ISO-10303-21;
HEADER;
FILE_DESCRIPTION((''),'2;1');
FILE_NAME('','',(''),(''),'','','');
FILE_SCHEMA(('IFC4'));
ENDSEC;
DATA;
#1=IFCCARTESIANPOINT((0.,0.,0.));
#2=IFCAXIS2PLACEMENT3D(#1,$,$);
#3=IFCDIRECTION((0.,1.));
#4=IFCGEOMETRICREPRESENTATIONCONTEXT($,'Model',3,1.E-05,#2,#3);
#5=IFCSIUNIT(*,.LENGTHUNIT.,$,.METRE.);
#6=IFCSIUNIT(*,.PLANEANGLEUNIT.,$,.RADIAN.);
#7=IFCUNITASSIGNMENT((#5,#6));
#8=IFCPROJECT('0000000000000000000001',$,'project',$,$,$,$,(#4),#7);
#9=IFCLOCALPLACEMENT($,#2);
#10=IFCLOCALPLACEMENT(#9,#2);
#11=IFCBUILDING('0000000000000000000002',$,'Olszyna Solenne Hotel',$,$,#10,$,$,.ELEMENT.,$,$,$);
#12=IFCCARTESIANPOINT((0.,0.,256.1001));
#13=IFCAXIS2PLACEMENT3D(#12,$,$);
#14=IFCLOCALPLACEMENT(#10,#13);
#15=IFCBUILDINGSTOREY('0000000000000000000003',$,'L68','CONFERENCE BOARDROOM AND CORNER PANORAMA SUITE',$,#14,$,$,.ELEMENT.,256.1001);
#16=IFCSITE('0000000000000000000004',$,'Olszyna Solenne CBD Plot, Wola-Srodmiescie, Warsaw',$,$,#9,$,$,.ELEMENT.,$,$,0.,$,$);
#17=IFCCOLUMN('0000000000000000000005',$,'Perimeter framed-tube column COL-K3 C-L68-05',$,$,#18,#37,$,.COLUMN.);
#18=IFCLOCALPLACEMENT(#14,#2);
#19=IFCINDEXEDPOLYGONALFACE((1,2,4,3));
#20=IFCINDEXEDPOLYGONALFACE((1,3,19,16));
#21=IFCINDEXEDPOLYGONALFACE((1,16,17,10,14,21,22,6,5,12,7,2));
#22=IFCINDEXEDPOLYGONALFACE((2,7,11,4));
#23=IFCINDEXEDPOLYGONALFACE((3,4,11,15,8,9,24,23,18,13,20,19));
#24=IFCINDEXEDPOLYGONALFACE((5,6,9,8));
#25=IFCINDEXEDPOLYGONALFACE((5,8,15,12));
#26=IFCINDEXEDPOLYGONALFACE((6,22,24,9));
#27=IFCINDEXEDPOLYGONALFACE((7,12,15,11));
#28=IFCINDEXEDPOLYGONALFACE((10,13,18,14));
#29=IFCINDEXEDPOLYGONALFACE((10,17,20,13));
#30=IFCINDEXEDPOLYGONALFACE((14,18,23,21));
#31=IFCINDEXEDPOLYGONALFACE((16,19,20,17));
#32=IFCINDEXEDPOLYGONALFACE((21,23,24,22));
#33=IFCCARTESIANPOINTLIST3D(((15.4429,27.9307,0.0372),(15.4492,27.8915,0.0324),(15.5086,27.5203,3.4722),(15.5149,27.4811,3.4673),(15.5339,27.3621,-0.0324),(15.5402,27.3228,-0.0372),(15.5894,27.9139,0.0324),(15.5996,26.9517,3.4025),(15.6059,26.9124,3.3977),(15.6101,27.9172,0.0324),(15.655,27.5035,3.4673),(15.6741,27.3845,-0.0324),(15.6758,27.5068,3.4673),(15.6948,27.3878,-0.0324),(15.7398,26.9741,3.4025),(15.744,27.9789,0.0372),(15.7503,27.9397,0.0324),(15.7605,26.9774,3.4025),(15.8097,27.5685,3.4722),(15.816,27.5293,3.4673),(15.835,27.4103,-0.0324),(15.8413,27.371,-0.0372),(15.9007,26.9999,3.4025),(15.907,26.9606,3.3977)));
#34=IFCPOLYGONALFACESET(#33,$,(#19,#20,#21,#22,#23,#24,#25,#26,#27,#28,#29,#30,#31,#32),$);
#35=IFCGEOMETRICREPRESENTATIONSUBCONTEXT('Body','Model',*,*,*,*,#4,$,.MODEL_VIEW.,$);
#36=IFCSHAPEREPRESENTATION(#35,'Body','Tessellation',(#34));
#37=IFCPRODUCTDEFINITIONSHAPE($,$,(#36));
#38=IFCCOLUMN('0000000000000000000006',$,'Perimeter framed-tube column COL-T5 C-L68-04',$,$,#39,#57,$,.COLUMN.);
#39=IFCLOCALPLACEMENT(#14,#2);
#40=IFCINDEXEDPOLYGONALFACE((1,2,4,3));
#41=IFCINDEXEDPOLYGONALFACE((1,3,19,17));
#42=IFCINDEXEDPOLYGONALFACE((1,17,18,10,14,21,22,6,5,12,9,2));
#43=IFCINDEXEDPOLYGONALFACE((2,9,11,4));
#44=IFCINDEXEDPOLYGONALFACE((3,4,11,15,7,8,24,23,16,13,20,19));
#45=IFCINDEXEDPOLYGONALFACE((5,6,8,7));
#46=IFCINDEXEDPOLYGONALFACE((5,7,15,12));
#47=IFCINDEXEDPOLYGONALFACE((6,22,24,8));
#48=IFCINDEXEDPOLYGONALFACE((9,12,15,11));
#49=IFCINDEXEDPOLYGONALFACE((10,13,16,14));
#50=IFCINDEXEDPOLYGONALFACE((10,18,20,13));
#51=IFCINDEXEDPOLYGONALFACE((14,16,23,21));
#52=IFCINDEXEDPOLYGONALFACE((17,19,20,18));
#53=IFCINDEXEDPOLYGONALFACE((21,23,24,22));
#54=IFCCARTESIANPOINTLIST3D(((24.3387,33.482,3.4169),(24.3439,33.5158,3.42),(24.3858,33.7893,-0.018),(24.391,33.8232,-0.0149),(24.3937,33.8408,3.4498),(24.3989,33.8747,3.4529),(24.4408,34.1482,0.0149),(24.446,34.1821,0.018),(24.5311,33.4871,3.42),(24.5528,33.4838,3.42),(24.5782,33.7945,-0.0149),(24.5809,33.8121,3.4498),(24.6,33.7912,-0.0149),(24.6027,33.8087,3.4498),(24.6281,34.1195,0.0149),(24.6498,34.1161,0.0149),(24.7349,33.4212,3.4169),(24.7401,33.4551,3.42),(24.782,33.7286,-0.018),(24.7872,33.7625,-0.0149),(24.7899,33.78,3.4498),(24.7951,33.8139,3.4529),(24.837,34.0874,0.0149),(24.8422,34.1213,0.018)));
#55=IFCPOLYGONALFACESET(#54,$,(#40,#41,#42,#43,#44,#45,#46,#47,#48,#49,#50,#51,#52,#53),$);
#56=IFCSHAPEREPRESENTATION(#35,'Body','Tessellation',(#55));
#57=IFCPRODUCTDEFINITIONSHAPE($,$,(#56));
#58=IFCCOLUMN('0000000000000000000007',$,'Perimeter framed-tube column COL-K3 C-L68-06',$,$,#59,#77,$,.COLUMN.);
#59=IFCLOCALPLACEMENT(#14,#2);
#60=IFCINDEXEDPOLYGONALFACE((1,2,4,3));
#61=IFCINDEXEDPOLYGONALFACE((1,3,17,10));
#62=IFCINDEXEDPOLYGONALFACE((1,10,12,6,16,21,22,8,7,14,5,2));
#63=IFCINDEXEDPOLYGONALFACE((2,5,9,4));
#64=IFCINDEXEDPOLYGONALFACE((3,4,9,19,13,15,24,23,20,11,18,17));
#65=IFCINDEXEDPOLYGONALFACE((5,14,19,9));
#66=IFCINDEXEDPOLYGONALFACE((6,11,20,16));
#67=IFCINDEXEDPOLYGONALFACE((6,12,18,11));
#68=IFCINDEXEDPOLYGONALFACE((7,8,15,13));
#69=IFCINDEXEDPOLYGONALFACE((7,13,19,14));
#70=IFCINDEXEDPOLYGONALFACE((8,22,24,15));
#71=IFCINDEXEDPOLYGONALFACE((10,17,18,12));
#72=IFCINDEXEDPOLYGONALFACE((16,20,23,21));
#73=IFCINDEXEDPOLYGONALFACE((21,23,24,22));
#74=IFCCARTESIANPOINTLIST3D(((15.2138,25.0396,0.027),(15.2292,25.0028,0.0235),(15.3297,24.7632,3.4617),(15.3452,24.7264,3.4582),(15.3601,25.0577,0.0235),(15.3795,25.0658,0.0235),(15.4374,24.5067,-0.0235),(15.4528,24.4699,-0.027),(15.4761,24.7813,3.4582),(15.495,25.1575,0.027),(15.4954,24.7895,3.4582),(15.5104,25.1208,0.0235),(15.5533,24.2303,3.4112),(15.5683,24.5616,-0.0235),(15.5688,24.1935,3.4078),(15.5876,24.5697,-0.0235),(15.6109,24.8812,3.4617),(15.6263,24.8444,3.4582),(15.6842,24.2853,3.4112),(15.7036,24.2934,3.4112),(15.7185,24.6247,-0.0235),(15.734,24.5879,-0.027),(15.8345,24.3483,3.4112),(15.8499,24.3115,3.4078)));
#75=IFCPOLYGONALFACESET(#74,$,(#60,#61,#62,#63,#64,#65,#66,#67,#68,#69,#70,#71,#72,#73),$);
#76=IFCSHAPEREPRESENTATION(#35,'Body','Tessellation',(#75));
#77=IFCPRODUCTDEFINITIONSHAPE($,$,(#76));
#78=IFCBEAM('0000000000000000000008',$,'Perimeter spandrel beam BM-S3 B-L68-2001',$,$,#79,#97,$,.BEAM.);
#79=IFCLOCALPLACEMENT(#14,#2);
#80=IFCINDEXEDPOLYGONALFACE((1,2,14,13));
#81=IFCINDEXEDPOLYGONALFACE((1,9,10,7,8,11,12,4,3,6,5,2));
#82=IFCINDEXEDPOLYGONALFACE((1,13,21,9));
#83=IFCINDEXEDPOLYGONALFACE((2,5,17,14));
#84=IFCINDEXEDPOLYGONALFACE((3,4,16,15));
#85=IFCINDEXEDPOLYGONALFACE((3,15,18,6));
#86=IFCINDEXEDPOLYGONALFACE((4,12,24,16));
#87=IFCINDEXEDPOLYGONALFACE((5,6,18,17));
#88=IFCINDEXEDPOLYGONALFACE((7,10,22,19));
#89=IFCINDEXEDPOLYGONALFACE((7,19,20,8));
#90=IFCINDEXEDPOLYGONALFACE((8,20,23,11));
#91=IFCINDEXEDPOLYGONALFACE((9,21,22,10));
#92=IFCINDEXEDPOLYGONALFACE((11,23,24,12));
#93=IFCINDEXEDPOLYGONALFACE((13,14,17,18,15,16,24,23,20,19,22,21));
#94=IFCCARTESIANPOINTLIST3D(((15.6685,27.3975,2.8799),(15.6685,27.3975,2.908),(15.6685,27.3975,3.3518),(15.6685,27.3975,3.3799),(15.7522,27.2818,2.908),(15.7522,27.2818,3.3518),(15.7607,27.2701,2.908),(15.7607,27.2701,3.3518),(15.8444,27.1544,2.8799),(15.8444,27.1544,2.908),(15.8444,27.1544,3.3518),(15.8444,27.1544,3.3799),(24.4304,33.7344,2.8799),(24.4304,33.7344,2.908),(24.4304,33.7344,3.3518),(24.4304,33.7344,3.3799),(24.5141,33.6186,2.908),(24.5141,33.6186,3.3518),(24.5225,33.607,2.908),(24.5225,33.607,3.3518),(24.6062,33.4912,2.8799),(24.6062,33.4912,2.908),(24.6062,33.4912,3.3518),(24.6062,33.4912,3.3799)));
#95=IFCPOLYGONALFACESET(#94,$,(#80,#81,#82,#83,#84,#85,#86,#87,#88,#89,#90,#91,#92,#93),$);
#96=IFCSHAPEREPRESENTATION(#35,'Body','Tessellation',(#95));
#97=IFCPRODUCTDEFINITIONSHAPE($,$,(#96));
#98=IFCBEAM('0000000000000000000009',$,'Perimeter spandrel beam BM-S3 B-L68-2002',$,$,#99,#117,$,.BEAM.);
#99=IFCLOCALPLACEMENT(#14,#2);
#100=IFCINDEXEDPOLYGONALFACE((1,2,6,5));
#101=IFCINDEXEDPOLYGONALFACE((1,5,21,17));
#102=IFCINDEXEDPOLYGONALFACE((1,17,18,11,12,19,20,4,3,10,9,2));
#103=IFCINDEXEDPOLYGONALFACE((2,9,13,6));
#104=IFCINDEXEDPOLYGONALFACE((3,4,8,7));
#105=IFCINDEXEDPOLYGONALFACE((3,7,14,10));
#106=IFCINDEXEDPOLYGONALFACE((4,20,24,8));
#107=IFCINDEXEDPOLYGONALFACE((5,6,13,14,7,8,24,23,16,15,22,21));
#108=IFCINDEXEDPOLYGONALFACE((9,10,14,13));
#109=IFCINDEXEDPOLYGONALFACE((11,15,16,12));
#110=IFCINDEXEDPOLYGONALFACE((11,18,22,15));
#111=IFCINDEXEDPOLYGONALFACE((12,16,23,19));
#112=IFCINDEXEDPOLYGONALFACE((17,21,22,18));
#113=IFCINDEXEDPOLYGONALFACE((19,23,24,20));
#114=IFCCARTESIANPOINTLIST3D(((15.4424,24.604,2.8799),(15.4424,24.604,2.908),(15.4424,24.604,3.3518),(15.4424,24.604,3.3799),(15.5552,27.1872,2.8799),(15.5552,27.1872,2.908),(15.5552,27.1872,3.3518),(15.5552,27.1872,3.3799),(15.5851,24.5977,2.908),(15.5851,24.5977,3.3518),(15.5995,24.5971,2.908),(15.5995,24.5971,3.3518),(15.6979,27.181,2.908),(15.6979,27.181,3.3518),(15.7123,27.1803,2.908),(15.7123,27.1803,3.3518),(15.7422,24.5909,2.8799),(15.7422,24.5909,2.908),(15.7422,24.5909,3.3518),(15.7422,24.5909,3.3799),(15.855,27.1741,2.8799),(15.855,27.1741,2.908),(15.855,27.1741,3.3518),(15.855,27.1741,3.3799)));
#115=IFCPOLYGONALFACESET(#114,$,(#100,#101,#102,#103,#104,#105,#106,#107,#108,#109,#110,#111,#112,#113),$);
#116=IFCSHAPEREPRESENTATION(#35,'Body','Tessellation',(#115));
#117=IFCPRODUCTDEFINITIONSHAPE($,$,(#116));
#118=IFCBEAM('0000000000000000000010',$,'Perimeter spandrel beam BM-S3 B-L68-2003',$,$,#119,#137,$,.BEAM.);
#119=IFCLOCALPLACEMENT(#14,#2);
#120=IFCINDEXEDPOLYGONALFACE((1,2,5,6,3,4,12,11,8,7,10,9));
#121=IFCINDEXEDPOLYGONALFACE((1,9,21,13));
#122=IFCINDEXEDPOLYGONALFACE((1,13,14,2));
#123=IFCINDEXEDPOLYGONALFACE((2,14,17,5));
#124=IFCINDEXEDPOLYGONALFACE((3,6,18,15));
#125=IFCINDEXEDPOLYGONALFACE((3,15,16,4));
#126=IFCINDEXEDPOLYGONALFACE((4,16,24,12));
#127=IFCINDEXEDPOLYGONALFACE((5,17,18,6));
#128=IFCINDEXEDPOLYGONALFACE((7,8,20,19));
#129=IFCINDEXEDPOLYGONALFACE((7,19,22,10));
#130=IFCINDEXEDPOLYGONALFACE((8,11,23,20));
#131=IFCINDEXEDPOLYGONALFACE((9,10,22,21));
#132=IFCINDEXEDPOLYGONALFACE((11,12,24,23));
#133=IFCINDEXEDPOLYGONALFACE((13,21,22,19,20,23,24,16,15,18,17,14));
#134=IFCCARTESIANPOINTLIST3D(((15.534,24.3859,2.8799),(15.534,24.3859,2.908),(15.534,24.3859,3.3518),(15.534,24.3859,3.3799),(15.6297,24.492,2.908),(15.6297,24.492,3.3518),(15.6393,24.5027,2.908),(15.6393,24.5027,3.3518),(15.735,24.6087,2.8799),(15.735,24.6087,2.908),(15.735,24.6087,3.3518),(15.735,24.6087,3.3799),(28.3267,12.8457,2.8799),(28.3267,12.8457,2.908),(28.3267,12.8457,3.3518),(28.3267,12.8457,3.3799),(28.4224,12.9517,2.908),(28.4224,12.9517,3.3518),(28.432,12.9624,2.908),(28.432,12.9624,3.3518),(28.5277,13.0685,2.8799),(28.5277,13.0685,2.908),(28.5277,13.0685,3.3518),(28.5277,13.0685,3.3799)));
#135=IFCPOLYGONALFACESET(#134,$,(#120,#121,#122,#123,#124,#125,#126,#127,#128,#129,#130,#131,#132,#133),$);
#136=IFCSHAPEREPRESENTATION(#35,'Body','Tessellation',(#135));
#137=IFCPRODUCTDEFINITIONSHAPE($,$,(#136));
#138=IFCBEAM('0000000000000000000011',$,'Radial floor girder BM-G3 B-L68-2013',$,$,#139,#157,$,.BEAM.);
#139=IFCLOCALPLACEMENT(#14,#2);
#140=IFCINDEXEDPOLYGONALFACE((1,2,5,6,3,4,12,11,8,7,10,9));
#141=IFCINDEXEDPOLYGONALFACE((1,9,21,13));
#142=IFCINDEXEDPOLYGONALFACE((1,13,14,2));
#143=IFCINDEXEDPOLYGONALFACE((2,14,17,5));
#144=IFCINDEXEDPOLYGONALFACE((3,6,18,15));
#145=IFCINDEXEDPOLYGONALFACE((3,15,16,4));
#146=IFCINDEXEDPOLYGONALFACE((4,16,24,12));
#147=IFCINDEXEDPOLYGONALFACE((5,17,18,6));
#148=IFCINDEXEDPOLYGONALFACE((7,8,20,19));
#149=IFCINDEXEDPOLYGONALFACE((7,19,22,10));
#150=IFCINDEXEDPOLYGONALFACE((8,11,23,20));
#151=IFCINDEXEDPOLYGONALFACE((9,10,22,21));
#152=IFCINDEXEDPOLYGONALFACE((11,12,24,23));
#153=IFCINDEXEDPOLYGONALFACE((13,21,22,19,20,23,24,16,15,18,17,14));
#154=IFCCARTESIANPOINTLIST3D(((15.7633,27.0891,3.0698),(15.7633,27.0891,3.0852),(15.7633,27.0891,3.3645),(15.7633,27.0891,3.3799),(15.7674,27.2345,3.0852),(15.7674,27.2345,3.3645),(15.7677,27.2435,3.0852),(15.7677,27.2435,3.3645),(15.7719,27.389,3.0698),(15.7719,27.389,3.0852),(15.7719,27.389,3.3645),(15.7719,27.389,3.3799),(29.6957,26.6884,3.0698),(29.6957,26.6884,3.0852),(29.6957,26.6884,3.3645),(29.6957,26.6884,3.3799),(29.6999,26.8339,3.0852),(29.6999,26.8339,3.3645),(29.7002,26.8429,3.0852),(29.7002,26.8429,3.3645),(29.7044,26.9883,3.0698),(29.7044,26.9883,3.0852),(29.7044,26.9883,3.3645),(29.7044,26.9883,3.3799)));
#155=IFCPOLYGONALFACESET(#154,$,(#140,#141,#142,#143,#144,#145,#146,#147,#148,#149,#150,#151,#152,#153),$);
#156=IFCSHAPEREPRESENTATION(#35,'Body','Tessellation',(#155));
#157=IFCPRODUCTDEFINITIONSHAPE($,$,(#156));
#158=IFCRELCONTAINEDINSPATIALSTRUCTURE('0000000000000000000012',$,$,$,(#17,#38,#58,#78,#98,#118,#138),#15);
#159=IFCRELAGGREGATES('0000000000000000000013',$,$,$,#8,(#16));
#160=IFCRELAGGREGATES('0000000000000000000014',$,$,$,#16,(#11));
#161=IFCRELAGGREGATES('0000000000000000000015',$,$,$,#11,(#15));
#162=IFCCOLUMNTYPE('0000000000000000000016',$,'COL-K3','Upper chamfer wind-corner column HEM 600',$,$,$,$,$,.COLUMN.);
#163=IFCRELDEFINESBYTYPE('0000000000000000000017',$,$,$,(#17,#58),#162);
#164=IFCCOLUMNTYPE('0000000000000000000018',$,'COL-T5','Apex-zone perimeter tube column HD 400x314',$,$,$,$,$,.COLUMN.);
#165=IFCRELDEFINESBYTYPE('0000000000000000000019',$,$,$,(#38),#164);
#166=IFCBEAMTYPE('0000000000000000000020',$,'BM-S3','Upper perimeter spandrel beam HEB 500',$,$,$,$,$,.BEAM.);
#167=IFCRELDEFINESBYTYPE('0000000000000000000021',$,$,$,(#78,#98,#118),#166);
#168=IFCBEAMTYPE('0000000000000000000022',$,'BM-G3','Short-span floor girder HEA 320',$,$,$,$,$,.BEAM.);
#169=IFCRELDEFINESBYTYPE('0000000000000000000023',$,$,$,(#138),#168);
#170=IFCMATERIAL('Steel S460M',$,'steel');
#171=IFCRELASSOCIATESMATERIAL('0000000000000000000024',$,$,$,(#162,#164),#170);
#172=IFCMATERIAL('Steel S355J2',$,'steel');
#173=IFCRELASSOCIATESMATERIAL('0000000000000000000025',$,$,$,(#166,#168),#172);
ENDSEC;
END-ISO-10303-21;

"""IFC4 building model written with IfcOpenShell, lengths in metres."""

from ifc_helpers import new_model, si_unit, direction, frame, origin, origin_2d, place, context, subcontext, project, spatial, i_section, extrude, source, transform, mapped, material, material_profile, profile_set, type_object, element, save


model = new_model("IFC4")

# Units and contexts
model_context = context("Model", 3, precision=1e-05, world=origin(), true_north=direction((0.0, 1.0)))
body_context = subcontext(model_context, "Body", "Model", "MODEL_VIEW")
ifc_project = project(units=[si_unit("LENGTHUNIT", "METRE"), si_unit("PLANEANGLEUNIT", "RADIAN")], contexts=[model_context])

# Site, building, storey
site_placement = place(None, origin())
site = spatial("IfcSite", under=ifc_project, at=site_placement, Name="Olszyna Solenne CBD Plot, Wola-Srodmiescie, Warsaw", CompositionType="ELEMENT", RefElevation=0.0)
building_placement = place(site_placement, origin())
building = spatial("IfcBuilding", under=site, at=building_placement, Name="Olszyna Solenne Hotel", CompositionType="ELEMENT")
storey_placement = place(building_placement, frame((0.0, 0.0, 256.1001)))
storey = spatial("IfcBuildingStorey", under=building, at=storey_placement, Name="L68", Description="CONFERENCE BOARDROOM AND CORNER PANORAMA SUITE", CompositionType="ELEMENT", Elevation=256.1001)

# Columns
ifc_material_1 = material(Name="Steel S460M", Category="steel")
ifc_material_profile_1 = material_profile(ifc_material_1, i_section(OverallWidth=0.3049, OverallDepth=0.6201, WebThickness=0.021, FlangeThickness=0.04, at=origin_2d()), Name="HEM 600", Category="load-bearing")
ifc_profile_set_1 = profile_set([ifc_material_profile_1], Name="Steel S460M")
column_type_1 = type_object("IfcColumnType", Name="COL-K3", Description="Upper chamfer wind-corner column HEM 600", PredefinedType="COLUMN", material=ifc_profile_set_1)
shared_shape_1 = source(origin(), body_context, "Body", "SweptSolid", [
    extrude(i_section(OverallWidth=0.3049, OverallDepth=0.6201, WebThickness=0.021, FlangeThickness=0.04, at=origin_2d()), origin(), (0.0, 0.0, 1.0), 3.46),
])
column_1_placement = place(storey_placement, frame((15.6421, 27.6509, 0.0), z_axis=(0.018982, -0.118617, 0.992759), x_axis=(0.987437, 0.158013, 0.0)))
element("IfcColumn", 1, at=column_1_placement, inside=storey, type_object=column_type_1, Name="Perimeter framed-tube column COL-K3 C-L68-05", PredefinedType="COLUMN", context=body_context, shape_type="MappedRepresentation", body=[
    mapped(shared_shape_1, transform((0.0, 0.0, 0.0), x_axis=(1.0, 0.0, 0.0), y_axis=(0.0, 1.0, 0.0), z_axis=(0.0, 0.0, 1.0), scale=1.0)),
])
ifc_material_profile_2 = material_profile(ifc_material_1, i_section(OverallWidth=0.4009, OverallDepth=0.3989, WebThickness=0.022, FlangeThickness=0.0344, at=origin_2d()), Name="HD 400x314", Category="load-bearing")
ifc_profile_set_2 = profile_set([ifc_material_profile_2], Name="Steel S460M")
column_type_2 = type_object("IfcColumnType", Name="COL-T5", Description="Apex-zone perimeter tube column HD 400x314", PredefinedType="COLUMN", material=ifc_profile_set_2)
shared_shape_2 = source(origin(), body_context, "Body", "SweptSolid", [
    extrude(i_section(OverallWidth=0.4009, OverallDepth=0.3989, WebThickness=0.022, FlangeThickness=0.0344, at=origin_2d()), origin(), (0.0, 0.0, 1.0), 3.449),
])
column_2_placement = place(storey_placement, frame((24.614, 33.9553, 0.0), z_axis=(-0.013662, -0.089123, 0.995927), x_axis=(0.988453, -0.151526, 0.0)))
element("IfcColumn", 2, at=column_2_placement, inside=storey, type_object=column_type_2, Name="Perimeter framed-tube column COL-T5 C-L68-04", PredefinedType="COLUMN", context=body_context, shape_type="MappedRepresentation", body=[
    mapped(shared_shape_2, transform((0.0, 0.0, 0.0), x_axis=(1.0, 0.0, 0.0), y_axis=(0.0, 1.0, 0.0), z_axis=(0.0, 0.0, 1.0), scale=1.0)),
])
shared_shape_3 = source(origin(), body_context, "Body", "SweptSolid", [
    extrude(i_section(OverallWidth=0.3049, OverallDepth=0.6201, WebThickness=0.021, FlangeThickness=0.04, at=origin_2d()), origin(), (0.0, 0.0, 1.0), 3.4478),
])
column_3_placement = place(storey_placement, frame((15.4739, 24.8137, 0.0), z_axis=(0.033634, -0.080156, 0.996215), x_axis=(0.92211, 0.386928, 0.0)))
element("IfcColumn", 3, at=column_3_placement, inside=storey, type_object=column_type_1, Name="Perimeter framed-tube column COL-K3 C-L68-06", PredefinedType="COLUMN", context=body_context, shape_type="MappedRepresentation", body=[
    mapped(shared_shape_3, transform((0.0, 0.0, 0.0), x_axis=(1.0, 0.0, 0.0), y_axis=(0.0, 1.0, 0.0), z_axis=(0.0, 0.0, 1.0), scale=1.0)),
])

# Beams
ifc_material_2 = material(Name="Steel S355J2", Category="steel")
ifc_material_profile_3 = material_profile(ifc_material_2, i_section(OverallWidth=0.3, OverallDepth=0.5, WebThickness=0.0144, FlangeThickness=0.0281, at=origin_2d()), Name="HEB 500", Category="load-bearing")
ifc_profile_set_3 = profile_set([ifc_material_profile_3], Name="Steel S355J2")
beam_type_1 = type_object("IfcBeamType", Name="BM-S3", Description="Upper perimeter spandrel beam HEB 500", PredefinedType="BEAM", material=ifc_profile_set_3)
shared_shape_4 = source(origin(), body_context, "Body", "SweptSolid", [
    extrude(i_section(OverallWidth=0.3, OverallDepth=0.5, WebThickness=0.0144, FlangeThickness=0.0281, at=origin_2d()), origin(), (0.0, 0.0, 1.0), 10.8132),
])
beam_1_placement = place(storey_placement, frame((24.5183, 33.6128, 3.1299), z_axis=(-0.810291, -0.586027, 0.0), x_axis=(0.586027, -0.810291, 0.0)))
element("IfcBeam", 4, at=beam_1_placement, inside=storey, type_object=beam_type_1, Name="Perimeter spandrel beam BM-S3 B-L68-2001", PredefinedType="BEAM", context=body_context, shape_type="MappedRepresentation", body=[
    mapped(shared_shape_4, transform((0.0, 0.0, 0.0), x_axis=(1.0, 0.0, 0.0), y_axis=(0.0, 1.0, 0.0), z_axis=(0.0, 0.0, 1.0), scale=1.0)),
])
shared_shape_5 = source(origin(), body_context, "Body", "SweptSolid", [
    extrude(i_section(OverallWidth=0.3, OverallDepth=0.5, WebThickness=0.0144, FlangeThickness=0.0281, at=origin_2d()), origin(), (0.0, 0.0, 1.0), 2.5857),
])
beam_2_placement = place(storey_placement, frame((15.7051, 27.1807, 3.1299), z_axis=(-0.043622, -0.999048, 0.0), x_axis=(0.999048, -0.043622, 0.0)))
element("IfcBeam", 5, at=beam_2_placement, inside=storey, type_object=beam_type_1, Name="Perimeter spandrel beam BM-S3 B-L68-2002", PredefinedType="BEAM", context=body_context, shape_type="MappedRepresentation", body=[
    mapped(shared_shape_5, transform((0.0, 0.0, 0.0), x_axis=(1.0, 0.0, 0.0), y_axis=(0.0, 1.0, 0.0), z_axis=(0.0, 0.0, 1.0), scale=1.0)),
])
shared_shape_6 = source(origin(), body_context, "Body", "SweptSolid", [
    extrude(i_section(OverallWidth=0.3, OverallDepth=0.5, WebThickness=0.0144, FlangeThickness=0.0281, at=origin_2d()), origin(), (0.0, 0.0, 1.0), 17.2288),
])
beam_3_placement = place(storey_placement, frame((15.6345, 24.4973, 3.1299), z_axis=(0.742519, -0.669825, 0.0), x_axis=(0.669825, 0.742519, 0.0)))
element("IfcBeam", 6, at=beam_3_placement, inside=storey, type_object=beam_type_1, Name="Perimeter spandrel beam BM-S3 B-L68-2003", PredefinedType="BEAM", context=body_context, shape_type="MappedRepresentation", body=[
    mapped(shared_shape_6, transform((0.0, 0.0, 0.0), x_axis=(1.0, 0.0, 0.0), y_axis=(0.0, 1.0, 0.0), z_axis=(0.0, 0.0, 1.0), scale=1.0)),
])
ifc_material_profile_4 = material_profile(ifc_material_2, i_section(OverallWidth=0.3, OverallDepth=0.3101, WebThickness=0.009, FlangeThickness=0.0154, at=origin_2d()), Name="HEA 320", Category="load-bearing")
ifc_profile_set_4 = profile_set([ifc_material_profile_4], Name="Steel S355J2")
beam_type_2 = type_object("IfcBeamType", Name="BM-G3", Description="Short-span floor girder HEA 320", PredefinedType="BEAM", material=ifc_profile_set_4)
shared_shape_7 = source(origin(), body_context, "Body", "SweptSolid", [
    extrude(i_section(OverallWidth=0.3, OverallDepth=0.3101, WebThickness=0.009, FlangeThickness=0.0154, at=origin_2d()), origin(), (0.0, 0.0, 1.0), 13.9382),
])
beam_4_placement = place(storey_placement, frame((15.7676, 27.239, 3.2249), z_axis=(0.999587, -0.028744, 0.0), x_axis=(0.028744, 0.999587, 0.0)))
element("IfcBeam", 7, at=beam_4_placement, inside=storey, type_object=beam_type_2, Name="Radial floor girder BM-G3 B-L68-2013", PredefinedType="BEAM", context=body_context, shape_type="MappedRepresentation", body=[
    mapped(shared_shape_7, transform((0.0, 0.0, 0.0), x_axis=(1.0, 0.0, 0.0), y_axis=(0.0, 1.0, 0.0), z_axis=(0.0, 0.0, 1.0), scale=1.0)),
])

save(model, "model.ifc")
